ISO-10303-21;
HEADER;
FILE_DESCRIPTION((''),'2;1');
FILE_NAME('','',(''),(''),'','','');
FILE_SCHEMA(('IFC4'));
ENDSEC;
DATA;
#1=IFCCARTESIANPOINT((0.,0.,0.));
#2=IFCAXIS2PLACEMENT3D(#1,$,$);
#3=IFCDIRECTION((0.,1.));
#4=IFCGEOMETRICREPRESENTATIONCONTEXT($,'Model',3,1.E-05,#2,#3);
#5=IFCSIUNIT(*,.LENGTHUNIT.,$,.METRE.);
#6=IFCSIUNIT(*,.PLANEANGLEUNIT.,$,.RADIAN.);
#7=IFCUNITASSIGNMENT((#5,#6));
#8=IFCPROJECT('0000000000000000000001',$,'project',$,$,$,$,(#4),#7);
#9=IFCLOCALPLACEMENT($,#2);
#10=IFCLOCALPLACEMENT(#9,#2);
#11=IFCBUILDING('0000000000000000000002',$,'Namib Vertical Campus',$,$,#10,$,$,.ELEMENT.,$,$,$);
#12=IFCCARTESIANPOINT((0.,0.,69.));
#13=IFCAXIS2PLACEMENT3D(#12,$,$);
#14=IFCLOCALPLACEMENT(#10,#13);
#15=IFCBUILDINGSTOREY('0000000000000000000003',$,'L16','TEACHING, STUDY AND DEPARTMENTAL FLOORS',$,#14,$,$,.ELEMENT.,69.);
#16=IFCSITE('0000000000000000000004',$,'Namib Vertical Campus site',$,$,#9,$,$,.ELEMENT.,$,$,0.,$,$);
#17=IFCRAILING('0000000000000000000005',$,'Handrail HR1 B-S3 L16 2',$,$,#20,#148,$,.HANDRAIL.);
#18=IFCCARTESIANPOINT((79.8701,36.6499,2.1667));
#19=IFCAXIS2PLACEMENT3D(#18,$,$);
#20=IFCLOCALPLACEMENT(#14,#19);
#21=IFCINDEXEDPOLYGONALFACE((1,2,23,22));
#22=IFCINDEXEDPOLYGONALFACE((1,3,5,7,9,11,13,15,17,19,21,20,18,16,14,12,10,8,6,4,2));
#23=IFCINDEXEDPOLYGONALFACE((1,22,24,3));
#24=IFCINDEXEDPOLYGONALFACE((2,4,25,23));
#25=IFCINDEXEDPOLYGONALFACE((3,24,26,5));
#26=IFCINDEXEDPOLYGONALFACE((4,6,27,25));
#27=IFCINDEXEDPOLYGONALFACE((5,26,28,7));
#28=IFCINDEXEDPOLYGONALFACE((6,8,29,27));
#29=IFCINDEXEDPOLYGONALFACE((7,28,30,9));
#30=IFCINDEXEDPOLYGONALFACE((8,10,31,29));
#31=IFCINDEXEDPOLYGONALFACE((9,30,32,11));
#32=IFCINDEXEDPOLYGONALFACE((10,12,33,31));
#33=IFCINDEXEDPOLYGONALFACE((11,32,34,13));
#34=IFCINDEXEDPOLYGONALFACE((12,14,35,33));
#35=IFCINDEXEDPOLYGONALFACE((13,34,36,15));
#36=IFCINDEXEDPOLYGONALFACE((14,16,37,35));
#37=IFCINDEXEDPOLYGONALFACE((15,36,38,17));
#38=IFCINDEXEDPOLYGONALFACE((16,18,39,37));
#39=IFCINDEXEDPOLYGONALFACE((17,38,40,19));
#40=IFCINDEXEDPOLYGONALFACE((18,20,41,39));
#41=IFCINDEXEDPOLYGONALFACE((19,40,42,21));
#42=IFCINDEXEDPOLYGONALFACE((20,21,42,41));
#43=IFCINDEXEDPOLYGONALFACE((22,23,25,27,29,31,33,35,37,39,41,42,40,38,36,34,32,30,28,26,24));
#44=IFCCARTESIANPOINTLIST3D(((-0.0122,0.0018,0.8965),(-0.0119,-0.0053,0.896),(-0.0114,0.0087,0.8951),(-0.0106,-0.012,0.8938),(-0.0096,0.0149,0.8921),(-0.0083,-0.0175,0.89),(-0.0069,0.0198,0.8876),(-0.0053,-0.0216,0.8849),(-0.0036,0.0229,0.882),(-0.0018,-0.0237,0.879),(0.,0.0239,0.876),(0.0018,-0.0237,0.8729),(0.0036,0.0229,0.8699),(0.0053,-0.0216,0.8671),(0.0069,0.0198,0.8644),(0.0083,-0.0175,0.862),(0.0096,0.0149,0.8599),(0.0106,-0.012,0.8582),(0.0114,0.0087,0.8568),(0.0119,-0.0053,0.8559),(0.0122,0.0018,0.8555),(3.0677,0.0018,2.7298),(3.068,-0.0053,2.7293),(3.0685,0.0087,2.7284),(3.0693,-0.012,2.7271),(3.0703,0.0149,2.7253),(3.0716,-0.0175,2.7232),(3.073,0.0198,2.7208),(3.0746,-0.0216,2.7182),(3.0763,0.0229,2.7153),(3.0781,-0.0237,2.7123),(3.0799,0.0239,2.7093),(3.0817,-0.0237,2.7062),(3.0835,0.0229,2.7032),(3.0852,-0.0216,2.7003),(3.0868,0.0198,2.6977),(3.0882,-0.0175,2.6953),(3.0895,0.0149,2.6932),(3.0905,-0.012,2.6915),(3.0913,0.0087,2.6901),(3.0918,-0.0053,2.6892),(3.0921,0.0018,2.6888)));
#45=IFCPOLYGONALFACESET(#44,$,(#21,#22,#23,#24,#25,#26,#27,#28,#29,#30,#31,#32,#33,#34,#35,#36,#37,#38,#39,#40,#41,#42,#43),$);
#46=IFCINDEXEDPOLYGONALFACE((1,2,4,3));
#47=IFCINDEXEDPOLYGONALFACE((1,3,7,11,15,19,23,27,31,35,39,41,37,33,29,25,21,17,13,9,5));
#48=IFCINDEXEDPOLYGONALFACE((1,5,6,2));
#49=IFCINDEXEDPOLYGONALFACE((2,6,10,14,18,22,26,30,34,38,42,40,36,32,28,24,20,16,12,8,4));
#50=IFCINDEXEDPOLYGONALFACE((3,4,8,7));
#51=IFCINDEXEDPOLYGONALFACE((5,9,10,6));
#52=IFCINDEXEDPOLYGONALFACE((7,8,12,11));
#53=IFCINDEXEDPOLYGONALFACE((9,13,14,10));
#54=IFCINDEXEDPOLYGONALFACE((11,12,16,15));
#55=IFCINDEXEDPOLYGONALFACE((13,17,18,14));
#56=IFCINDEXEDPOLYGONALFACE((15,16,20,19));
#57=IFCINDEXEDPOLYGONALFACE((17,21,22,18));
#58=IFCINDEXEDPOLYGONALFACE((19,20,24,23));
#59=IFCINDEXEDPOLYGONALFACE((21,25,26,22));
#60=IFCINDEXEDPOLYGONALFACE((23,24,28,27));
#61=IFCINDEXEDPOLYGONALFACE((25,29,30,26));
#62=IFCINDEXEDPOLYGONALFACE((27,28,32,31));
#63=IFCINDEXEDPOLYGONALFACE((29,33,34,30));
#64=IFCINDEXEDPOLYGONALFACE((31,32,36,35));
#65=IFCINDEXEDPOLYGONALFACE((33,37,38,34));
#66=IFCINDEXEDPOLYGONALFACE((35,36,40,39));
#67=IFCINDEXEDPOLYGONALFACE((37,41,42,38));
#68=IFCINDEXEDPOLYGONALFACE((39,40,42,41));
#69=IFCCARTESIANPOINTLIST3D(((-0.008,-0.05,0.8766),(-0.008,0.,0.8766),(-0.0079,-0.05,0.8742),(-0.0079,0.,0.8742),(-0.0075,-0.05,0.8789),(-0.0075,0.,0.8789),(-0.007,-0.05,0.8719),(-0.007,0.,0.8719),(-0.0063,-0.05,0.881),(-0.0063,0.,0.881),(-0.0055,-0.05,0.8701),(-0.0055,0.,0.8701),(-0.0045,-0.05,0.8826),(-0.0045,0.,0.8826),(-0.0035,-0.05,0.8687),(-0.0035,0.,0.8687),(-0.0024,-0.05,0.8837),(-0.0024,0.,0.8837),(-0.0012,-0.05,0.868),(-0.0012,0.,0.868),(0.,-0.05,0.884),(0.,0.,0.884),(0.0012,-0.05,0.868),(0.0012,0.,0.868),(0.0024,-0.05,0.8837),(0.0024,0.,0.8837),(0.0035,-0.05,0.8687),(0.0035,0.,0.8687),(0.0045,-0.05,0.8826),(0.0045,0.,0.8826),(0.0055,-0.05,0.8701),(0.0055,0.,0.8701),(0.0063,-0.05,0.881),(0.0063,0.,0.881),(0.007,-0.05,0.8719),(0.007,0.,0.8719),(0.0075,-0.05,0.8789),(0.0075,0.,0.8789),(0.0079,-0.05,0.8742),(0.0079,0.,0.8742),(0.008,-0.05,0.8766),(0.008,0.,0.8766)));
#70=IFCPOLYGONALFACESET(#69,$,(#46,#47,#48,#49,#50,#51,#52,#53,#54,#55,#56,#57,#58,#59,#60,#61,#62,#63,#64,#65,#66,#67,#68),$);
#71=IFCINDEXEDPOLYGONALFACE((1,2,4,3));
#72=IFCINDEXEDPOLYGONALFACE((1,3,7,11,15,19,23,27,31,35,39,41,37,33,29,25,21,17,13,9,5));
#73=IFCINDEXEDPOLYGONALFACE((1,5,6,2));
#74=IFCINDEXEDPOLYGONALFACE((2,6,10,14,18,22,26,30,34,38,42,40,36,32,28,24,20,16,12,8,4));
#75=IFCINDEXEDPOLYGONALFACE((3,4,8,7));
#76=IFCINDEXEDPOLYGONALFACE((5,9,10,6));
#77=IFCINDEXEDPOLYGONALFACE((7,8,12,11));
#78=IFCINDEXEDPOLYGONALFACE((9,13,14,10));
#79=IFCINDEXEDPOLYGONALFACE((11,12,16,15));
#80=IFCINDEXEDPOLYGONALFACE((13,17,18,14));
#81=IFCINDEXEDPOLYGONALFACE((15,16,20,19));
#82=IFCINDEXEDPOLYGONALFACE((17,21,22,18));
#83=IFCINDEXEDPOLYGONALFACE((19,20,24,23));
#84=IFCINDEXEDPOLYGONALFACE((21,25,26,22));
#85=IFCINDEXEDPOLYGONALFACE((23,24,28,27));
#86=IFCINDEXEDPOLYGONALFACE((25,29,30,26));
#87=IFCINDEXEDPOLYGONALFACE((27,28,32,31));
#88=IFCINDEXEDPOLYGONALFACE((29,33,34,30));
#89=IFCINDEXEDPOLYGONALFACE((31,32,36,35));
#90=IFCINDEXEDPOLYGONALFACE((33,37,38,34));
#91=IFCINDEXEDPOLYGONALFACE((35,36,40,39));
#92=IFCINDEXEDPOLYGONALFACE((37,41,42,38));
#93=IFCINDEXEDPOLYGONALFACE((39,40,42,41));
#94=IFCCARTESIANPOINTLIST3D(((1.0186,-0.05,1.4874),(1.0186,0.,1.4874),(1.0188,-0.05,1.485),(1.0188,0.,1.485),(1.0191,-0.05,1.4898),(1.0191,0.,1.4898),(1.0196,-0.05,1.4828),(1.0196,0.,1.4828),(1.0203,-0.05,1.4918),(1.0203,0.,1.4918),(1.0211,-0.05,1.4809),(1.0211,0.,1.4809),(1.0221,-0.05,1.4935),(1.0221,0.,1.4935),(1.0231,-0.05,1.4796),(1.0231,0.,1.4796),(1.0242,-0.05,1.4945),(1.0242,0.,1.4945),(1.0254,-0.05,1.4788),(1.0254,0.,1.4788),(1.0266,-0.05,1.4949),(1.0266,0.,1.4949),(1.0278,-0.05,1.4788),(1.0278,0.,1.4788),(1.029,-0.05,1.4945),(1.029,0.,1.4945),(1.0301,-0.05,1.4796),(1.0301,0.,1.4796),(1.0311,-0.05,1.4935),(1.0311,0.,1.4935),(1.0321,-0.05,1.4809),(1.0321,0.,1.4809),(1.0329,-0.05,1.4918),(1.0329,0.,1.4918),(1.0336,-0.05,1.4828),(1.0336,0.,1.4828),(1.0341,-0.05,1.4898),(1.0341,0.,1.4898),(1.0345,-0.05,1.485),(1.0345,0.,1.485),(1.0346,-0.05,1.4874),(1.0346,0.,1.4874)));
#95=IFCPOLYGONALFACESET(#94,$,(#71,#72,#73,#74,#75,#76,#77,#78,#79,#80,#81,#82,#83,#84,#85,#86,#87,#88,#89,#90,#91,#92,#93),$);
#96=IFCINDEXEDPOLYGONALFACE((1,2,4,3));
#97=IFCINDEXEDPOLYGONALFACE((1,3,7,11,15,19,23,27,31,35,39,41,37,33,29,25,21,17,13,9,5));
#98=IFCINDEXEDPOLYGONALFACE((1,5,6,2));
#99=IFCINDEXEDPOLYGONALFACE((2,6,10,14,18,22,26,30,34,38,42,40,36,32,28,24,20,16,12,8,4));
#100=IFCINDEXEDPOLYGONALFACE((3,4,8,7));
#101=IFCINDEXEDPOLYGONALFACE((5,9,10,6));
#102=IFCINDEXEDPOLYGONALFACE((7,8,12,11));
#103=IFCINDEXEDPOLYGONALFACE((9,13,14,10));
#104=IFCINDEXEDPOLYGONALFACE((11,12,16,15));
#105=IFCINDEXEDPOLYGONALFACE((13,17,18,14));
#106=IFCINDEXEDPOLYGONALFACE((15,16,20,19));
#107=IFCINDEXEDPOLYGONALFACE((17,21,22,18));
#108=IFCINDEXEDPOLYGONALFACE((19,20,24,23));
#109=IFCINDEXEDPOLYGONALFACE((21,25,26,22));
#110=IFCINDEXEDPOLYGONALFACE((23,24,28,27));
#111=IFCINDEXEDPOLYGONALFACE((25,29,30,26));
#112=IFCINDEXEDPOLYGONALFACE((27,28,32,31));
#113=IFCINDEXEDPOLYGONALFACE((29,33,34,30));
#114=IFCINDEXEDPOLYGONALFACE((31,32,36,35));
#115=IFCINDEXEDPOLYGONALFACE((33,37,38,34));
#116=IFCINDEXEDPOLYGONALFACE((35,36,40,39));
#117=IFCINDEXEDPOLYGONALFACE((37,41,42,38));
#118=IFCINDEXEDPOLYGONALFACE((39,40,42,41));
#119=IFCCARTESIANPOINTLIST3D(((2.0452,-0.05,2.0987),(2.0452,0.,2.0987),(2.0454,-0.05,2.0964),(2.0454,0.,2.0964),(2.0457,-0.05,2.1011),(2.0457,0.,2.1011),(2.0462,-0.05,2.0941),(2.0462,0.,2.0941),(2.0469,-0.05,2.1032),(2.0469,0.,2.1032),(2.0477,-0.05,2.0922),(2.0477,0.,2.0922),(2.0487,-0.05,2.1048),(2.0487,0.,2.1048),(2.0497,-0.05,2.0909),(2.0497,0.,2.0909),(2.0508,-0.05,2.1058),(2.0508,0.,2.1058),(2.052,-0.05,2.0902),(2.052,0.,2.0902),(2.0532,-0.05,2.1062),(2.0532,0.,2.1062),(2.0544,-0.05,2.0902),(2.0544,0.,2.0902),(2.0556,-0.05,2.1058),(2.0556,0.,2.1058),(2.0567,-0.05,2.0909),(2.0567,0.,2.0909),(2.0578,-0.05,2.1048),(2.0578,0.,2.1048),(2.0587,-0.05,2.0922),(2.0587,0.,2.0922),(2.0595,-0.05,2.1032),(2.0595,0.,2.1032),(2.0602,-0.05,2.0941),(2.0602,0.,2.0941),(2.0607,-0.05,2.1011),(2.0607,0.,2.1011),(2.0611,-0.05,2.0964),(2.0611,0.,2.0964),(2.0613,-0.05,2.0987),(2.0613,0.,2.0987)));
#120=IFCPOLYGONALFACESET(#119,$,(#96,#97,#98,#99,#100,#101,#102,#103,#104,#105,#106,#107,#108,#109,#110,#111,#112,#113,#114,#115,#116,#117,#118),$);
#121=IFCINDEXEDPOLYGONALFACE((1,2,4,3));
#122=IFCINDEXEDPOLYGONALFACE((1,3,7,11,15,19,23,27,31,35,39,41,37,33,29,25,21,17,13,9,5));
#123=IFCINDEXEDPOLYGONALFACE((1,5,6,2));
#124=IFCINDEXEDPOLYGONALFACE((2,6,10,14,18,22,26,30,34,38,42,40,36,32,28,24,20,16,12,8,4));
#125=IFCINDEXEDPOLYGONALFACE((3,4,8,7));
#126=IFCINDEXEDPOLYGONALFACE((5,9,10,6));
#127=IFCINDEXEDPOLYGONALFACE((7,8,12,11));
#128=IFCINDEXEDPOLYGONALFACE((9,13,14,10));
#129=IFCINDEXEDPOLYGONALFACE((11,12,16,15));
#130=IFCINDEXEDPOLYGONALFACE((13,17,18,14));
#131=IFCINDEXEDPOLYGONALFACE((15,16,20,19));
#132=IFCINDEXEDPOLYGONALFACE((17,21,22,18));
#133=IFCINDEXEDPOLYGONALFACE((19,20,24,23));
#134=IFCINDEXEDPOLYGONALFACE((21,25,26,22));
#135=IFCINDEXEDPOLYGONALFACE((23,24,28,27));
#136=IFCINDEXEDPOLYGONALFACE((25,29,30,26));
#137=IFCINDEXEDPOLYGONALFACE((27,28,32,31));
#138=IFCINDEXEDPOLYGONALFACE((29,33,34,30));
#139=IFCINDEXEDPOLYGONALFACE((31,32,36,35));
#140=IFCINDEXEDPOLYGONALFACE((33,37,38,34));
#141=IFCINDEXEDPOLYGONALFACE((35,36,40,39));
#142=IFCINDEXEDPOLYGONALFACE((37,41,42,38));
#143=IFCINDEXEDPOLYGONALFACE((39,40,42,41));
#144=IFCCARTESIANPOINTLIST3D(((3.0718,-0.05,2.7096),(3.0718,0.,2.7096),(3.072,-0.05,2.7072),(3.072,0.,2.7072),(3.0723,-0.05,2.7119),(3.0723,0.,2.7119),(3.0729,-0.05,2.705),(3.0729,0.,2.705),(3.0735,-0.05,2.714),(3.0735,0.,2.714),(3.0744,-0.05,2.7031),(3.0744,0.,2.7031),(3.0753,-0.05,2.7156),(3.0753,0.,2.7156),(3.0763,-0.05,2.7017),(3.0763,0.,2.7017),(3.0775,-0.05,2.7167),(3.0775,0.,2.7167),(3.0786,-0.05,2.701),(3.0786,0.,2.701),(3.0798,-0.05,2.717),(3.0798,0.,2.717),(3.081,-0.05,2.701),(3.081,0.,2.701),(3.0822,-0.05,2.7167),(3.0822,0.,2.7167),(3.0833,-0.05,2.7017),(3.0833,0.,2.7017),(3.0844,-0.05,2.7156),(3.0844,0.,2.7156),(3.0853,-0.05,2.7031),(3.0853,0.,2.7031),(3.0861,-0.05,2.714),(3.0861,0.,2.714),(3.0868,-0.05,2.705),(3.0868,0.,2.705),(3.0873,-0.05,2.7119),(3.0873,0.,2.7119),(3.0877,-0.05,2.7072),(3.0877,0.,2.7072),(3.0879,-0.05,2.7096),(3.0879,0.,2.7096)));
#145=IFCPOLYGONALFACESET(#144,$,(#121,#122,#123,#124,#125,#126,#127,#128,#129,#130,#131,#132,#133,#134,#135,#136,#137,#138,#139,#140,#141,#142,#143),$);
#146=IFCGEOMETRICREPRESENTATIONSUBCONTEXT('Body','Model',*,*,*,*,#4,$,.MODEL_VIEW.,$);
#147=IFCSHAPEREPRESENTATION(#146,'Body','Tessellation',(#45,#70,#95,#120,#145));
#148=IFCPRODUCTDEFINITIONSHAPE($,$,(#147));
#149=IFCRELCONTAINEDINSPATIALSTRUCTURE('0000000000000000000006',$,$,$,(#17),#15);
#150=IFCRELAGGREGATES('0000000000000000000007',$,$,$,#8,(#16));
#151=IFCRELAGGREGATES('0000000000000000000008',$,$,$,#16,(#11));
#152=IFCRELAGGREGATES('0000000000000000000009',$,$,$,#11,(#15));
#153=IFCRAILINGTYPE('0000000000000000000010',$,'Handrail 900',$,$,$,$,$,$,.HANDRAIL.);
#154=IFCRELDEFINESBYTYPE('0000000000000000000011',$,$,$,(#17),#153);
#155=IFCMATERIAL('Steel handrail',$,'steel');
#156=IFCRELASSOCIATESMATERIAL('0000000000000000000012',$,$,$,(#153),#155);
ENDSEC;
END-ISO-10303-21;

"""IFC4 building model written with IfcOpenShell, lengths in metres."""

from ifc_helpers import new_model, si_unit, direction, frame, origin, origin_2d, place, context, subcontext, project, spatial, circle, extrude, material, type_object, element, save


model = new_model("IFC4")

# Units and contexts
model_context = context("Model", 3, precision=1e-05, world=origin(), true_north=direction((0.0, 1.0)))
body_context = subcontext(model_context, "Body", "Model", "MODEL_VIEW")
ifc_project = project(units=[si_unit("LENGTHUNIT", "METRE"), si_unit("PLANEANGLEUNIT", "RADIAN")], contexts=[model_context])

# Site, building, storey
site_placement = place(None, origin())
site = spatial("IfcSite", under=ifc_project, at=site_placement, Name="Namib Vertical Campus site", CompositionType="ELEMENT", RefElevation=0.0)
building_placement = place(site_placement, origin())
building = spatial("IfcBuilding", under=site, at=building_placement, Name="Namib Vertical Campus", CompositionType="ELEMENT")
storey_placement = place(building_placement, frame((0.0, 0.0, 69.0)))
storey = spatial("IfcBuildingStorey", under=building, at=storey_placement, Name="L16", Description="TEACHING, STUDY AND DEPARTMENTAL FLOORS", CompositionType="ELEMENT", Elevation=69.0)

# Railing
ifc_material_1 = material(Name="Steel handrail", Category="steel")
railing_type = type_object("IfcRailingType", Name="Handrail 900", PredefinedType="HANDRAIL", material=ifc_material_1)
railing_1_placement = place(storey_placement, frame((79.8701, 36.6499, 2.1667)))
element("IfcRailing", 1, at=railing_1_placement, inside=storey, type_object=railing_type, Name="Handrail HR1 B-S3 L16 2", PredefinedType="HANDRAIL", context=body_context, shape_type="SweptSolid", body=[
    extrude(circle(Radius=0.0239, at=origin_2d()), frame((0.0, 0.0, 0.876), z_axis=(0.859291, 0.0, 0.511487), x_axis=(0.0, 1.0, 0.0)), (0.0, 0.0, 1.0), 3.5842),
    extrude(circle(Radius=0.0081, at=origin_2d()), frame((0.0, 0.0, 0.876), z_axis=(0.0, -1.0, 0.0), x_axis=(0.0, 0.0, 1.0)), (0.0, 0.0, 1.0), 0.05),
    extrude(circle(Radius=0.0081, at=origin_2d()), frame((1.0266, 0.0, 1.4868), z_axis=(0.0, -1.0, 0.0), x_axis=(0.0, 0.0, 1.0)), (0.0, 0.0, 1.0), 0.05),
    extrude(circle(Radius=0.0081, at=origin_2d()), frame((2.0532, 0.0, 2.0981), z_axis=(0.0, -1.0, 0.0), x_axis=(0.0, 0.0, 1.0)), (0.0, 0.0, 1.0), 0.05),
    extrude(circle(Radius=0.0081, at=origin_2d()), frame((3.0798, 0.0, 2.709), z_axis=(0.0, -1.0, 0.0), x_axis=(0.0, 0.0, 1.0)), (0.0, 0.0, 1.0), 0.05),
])

save(model, "model.ifc")
